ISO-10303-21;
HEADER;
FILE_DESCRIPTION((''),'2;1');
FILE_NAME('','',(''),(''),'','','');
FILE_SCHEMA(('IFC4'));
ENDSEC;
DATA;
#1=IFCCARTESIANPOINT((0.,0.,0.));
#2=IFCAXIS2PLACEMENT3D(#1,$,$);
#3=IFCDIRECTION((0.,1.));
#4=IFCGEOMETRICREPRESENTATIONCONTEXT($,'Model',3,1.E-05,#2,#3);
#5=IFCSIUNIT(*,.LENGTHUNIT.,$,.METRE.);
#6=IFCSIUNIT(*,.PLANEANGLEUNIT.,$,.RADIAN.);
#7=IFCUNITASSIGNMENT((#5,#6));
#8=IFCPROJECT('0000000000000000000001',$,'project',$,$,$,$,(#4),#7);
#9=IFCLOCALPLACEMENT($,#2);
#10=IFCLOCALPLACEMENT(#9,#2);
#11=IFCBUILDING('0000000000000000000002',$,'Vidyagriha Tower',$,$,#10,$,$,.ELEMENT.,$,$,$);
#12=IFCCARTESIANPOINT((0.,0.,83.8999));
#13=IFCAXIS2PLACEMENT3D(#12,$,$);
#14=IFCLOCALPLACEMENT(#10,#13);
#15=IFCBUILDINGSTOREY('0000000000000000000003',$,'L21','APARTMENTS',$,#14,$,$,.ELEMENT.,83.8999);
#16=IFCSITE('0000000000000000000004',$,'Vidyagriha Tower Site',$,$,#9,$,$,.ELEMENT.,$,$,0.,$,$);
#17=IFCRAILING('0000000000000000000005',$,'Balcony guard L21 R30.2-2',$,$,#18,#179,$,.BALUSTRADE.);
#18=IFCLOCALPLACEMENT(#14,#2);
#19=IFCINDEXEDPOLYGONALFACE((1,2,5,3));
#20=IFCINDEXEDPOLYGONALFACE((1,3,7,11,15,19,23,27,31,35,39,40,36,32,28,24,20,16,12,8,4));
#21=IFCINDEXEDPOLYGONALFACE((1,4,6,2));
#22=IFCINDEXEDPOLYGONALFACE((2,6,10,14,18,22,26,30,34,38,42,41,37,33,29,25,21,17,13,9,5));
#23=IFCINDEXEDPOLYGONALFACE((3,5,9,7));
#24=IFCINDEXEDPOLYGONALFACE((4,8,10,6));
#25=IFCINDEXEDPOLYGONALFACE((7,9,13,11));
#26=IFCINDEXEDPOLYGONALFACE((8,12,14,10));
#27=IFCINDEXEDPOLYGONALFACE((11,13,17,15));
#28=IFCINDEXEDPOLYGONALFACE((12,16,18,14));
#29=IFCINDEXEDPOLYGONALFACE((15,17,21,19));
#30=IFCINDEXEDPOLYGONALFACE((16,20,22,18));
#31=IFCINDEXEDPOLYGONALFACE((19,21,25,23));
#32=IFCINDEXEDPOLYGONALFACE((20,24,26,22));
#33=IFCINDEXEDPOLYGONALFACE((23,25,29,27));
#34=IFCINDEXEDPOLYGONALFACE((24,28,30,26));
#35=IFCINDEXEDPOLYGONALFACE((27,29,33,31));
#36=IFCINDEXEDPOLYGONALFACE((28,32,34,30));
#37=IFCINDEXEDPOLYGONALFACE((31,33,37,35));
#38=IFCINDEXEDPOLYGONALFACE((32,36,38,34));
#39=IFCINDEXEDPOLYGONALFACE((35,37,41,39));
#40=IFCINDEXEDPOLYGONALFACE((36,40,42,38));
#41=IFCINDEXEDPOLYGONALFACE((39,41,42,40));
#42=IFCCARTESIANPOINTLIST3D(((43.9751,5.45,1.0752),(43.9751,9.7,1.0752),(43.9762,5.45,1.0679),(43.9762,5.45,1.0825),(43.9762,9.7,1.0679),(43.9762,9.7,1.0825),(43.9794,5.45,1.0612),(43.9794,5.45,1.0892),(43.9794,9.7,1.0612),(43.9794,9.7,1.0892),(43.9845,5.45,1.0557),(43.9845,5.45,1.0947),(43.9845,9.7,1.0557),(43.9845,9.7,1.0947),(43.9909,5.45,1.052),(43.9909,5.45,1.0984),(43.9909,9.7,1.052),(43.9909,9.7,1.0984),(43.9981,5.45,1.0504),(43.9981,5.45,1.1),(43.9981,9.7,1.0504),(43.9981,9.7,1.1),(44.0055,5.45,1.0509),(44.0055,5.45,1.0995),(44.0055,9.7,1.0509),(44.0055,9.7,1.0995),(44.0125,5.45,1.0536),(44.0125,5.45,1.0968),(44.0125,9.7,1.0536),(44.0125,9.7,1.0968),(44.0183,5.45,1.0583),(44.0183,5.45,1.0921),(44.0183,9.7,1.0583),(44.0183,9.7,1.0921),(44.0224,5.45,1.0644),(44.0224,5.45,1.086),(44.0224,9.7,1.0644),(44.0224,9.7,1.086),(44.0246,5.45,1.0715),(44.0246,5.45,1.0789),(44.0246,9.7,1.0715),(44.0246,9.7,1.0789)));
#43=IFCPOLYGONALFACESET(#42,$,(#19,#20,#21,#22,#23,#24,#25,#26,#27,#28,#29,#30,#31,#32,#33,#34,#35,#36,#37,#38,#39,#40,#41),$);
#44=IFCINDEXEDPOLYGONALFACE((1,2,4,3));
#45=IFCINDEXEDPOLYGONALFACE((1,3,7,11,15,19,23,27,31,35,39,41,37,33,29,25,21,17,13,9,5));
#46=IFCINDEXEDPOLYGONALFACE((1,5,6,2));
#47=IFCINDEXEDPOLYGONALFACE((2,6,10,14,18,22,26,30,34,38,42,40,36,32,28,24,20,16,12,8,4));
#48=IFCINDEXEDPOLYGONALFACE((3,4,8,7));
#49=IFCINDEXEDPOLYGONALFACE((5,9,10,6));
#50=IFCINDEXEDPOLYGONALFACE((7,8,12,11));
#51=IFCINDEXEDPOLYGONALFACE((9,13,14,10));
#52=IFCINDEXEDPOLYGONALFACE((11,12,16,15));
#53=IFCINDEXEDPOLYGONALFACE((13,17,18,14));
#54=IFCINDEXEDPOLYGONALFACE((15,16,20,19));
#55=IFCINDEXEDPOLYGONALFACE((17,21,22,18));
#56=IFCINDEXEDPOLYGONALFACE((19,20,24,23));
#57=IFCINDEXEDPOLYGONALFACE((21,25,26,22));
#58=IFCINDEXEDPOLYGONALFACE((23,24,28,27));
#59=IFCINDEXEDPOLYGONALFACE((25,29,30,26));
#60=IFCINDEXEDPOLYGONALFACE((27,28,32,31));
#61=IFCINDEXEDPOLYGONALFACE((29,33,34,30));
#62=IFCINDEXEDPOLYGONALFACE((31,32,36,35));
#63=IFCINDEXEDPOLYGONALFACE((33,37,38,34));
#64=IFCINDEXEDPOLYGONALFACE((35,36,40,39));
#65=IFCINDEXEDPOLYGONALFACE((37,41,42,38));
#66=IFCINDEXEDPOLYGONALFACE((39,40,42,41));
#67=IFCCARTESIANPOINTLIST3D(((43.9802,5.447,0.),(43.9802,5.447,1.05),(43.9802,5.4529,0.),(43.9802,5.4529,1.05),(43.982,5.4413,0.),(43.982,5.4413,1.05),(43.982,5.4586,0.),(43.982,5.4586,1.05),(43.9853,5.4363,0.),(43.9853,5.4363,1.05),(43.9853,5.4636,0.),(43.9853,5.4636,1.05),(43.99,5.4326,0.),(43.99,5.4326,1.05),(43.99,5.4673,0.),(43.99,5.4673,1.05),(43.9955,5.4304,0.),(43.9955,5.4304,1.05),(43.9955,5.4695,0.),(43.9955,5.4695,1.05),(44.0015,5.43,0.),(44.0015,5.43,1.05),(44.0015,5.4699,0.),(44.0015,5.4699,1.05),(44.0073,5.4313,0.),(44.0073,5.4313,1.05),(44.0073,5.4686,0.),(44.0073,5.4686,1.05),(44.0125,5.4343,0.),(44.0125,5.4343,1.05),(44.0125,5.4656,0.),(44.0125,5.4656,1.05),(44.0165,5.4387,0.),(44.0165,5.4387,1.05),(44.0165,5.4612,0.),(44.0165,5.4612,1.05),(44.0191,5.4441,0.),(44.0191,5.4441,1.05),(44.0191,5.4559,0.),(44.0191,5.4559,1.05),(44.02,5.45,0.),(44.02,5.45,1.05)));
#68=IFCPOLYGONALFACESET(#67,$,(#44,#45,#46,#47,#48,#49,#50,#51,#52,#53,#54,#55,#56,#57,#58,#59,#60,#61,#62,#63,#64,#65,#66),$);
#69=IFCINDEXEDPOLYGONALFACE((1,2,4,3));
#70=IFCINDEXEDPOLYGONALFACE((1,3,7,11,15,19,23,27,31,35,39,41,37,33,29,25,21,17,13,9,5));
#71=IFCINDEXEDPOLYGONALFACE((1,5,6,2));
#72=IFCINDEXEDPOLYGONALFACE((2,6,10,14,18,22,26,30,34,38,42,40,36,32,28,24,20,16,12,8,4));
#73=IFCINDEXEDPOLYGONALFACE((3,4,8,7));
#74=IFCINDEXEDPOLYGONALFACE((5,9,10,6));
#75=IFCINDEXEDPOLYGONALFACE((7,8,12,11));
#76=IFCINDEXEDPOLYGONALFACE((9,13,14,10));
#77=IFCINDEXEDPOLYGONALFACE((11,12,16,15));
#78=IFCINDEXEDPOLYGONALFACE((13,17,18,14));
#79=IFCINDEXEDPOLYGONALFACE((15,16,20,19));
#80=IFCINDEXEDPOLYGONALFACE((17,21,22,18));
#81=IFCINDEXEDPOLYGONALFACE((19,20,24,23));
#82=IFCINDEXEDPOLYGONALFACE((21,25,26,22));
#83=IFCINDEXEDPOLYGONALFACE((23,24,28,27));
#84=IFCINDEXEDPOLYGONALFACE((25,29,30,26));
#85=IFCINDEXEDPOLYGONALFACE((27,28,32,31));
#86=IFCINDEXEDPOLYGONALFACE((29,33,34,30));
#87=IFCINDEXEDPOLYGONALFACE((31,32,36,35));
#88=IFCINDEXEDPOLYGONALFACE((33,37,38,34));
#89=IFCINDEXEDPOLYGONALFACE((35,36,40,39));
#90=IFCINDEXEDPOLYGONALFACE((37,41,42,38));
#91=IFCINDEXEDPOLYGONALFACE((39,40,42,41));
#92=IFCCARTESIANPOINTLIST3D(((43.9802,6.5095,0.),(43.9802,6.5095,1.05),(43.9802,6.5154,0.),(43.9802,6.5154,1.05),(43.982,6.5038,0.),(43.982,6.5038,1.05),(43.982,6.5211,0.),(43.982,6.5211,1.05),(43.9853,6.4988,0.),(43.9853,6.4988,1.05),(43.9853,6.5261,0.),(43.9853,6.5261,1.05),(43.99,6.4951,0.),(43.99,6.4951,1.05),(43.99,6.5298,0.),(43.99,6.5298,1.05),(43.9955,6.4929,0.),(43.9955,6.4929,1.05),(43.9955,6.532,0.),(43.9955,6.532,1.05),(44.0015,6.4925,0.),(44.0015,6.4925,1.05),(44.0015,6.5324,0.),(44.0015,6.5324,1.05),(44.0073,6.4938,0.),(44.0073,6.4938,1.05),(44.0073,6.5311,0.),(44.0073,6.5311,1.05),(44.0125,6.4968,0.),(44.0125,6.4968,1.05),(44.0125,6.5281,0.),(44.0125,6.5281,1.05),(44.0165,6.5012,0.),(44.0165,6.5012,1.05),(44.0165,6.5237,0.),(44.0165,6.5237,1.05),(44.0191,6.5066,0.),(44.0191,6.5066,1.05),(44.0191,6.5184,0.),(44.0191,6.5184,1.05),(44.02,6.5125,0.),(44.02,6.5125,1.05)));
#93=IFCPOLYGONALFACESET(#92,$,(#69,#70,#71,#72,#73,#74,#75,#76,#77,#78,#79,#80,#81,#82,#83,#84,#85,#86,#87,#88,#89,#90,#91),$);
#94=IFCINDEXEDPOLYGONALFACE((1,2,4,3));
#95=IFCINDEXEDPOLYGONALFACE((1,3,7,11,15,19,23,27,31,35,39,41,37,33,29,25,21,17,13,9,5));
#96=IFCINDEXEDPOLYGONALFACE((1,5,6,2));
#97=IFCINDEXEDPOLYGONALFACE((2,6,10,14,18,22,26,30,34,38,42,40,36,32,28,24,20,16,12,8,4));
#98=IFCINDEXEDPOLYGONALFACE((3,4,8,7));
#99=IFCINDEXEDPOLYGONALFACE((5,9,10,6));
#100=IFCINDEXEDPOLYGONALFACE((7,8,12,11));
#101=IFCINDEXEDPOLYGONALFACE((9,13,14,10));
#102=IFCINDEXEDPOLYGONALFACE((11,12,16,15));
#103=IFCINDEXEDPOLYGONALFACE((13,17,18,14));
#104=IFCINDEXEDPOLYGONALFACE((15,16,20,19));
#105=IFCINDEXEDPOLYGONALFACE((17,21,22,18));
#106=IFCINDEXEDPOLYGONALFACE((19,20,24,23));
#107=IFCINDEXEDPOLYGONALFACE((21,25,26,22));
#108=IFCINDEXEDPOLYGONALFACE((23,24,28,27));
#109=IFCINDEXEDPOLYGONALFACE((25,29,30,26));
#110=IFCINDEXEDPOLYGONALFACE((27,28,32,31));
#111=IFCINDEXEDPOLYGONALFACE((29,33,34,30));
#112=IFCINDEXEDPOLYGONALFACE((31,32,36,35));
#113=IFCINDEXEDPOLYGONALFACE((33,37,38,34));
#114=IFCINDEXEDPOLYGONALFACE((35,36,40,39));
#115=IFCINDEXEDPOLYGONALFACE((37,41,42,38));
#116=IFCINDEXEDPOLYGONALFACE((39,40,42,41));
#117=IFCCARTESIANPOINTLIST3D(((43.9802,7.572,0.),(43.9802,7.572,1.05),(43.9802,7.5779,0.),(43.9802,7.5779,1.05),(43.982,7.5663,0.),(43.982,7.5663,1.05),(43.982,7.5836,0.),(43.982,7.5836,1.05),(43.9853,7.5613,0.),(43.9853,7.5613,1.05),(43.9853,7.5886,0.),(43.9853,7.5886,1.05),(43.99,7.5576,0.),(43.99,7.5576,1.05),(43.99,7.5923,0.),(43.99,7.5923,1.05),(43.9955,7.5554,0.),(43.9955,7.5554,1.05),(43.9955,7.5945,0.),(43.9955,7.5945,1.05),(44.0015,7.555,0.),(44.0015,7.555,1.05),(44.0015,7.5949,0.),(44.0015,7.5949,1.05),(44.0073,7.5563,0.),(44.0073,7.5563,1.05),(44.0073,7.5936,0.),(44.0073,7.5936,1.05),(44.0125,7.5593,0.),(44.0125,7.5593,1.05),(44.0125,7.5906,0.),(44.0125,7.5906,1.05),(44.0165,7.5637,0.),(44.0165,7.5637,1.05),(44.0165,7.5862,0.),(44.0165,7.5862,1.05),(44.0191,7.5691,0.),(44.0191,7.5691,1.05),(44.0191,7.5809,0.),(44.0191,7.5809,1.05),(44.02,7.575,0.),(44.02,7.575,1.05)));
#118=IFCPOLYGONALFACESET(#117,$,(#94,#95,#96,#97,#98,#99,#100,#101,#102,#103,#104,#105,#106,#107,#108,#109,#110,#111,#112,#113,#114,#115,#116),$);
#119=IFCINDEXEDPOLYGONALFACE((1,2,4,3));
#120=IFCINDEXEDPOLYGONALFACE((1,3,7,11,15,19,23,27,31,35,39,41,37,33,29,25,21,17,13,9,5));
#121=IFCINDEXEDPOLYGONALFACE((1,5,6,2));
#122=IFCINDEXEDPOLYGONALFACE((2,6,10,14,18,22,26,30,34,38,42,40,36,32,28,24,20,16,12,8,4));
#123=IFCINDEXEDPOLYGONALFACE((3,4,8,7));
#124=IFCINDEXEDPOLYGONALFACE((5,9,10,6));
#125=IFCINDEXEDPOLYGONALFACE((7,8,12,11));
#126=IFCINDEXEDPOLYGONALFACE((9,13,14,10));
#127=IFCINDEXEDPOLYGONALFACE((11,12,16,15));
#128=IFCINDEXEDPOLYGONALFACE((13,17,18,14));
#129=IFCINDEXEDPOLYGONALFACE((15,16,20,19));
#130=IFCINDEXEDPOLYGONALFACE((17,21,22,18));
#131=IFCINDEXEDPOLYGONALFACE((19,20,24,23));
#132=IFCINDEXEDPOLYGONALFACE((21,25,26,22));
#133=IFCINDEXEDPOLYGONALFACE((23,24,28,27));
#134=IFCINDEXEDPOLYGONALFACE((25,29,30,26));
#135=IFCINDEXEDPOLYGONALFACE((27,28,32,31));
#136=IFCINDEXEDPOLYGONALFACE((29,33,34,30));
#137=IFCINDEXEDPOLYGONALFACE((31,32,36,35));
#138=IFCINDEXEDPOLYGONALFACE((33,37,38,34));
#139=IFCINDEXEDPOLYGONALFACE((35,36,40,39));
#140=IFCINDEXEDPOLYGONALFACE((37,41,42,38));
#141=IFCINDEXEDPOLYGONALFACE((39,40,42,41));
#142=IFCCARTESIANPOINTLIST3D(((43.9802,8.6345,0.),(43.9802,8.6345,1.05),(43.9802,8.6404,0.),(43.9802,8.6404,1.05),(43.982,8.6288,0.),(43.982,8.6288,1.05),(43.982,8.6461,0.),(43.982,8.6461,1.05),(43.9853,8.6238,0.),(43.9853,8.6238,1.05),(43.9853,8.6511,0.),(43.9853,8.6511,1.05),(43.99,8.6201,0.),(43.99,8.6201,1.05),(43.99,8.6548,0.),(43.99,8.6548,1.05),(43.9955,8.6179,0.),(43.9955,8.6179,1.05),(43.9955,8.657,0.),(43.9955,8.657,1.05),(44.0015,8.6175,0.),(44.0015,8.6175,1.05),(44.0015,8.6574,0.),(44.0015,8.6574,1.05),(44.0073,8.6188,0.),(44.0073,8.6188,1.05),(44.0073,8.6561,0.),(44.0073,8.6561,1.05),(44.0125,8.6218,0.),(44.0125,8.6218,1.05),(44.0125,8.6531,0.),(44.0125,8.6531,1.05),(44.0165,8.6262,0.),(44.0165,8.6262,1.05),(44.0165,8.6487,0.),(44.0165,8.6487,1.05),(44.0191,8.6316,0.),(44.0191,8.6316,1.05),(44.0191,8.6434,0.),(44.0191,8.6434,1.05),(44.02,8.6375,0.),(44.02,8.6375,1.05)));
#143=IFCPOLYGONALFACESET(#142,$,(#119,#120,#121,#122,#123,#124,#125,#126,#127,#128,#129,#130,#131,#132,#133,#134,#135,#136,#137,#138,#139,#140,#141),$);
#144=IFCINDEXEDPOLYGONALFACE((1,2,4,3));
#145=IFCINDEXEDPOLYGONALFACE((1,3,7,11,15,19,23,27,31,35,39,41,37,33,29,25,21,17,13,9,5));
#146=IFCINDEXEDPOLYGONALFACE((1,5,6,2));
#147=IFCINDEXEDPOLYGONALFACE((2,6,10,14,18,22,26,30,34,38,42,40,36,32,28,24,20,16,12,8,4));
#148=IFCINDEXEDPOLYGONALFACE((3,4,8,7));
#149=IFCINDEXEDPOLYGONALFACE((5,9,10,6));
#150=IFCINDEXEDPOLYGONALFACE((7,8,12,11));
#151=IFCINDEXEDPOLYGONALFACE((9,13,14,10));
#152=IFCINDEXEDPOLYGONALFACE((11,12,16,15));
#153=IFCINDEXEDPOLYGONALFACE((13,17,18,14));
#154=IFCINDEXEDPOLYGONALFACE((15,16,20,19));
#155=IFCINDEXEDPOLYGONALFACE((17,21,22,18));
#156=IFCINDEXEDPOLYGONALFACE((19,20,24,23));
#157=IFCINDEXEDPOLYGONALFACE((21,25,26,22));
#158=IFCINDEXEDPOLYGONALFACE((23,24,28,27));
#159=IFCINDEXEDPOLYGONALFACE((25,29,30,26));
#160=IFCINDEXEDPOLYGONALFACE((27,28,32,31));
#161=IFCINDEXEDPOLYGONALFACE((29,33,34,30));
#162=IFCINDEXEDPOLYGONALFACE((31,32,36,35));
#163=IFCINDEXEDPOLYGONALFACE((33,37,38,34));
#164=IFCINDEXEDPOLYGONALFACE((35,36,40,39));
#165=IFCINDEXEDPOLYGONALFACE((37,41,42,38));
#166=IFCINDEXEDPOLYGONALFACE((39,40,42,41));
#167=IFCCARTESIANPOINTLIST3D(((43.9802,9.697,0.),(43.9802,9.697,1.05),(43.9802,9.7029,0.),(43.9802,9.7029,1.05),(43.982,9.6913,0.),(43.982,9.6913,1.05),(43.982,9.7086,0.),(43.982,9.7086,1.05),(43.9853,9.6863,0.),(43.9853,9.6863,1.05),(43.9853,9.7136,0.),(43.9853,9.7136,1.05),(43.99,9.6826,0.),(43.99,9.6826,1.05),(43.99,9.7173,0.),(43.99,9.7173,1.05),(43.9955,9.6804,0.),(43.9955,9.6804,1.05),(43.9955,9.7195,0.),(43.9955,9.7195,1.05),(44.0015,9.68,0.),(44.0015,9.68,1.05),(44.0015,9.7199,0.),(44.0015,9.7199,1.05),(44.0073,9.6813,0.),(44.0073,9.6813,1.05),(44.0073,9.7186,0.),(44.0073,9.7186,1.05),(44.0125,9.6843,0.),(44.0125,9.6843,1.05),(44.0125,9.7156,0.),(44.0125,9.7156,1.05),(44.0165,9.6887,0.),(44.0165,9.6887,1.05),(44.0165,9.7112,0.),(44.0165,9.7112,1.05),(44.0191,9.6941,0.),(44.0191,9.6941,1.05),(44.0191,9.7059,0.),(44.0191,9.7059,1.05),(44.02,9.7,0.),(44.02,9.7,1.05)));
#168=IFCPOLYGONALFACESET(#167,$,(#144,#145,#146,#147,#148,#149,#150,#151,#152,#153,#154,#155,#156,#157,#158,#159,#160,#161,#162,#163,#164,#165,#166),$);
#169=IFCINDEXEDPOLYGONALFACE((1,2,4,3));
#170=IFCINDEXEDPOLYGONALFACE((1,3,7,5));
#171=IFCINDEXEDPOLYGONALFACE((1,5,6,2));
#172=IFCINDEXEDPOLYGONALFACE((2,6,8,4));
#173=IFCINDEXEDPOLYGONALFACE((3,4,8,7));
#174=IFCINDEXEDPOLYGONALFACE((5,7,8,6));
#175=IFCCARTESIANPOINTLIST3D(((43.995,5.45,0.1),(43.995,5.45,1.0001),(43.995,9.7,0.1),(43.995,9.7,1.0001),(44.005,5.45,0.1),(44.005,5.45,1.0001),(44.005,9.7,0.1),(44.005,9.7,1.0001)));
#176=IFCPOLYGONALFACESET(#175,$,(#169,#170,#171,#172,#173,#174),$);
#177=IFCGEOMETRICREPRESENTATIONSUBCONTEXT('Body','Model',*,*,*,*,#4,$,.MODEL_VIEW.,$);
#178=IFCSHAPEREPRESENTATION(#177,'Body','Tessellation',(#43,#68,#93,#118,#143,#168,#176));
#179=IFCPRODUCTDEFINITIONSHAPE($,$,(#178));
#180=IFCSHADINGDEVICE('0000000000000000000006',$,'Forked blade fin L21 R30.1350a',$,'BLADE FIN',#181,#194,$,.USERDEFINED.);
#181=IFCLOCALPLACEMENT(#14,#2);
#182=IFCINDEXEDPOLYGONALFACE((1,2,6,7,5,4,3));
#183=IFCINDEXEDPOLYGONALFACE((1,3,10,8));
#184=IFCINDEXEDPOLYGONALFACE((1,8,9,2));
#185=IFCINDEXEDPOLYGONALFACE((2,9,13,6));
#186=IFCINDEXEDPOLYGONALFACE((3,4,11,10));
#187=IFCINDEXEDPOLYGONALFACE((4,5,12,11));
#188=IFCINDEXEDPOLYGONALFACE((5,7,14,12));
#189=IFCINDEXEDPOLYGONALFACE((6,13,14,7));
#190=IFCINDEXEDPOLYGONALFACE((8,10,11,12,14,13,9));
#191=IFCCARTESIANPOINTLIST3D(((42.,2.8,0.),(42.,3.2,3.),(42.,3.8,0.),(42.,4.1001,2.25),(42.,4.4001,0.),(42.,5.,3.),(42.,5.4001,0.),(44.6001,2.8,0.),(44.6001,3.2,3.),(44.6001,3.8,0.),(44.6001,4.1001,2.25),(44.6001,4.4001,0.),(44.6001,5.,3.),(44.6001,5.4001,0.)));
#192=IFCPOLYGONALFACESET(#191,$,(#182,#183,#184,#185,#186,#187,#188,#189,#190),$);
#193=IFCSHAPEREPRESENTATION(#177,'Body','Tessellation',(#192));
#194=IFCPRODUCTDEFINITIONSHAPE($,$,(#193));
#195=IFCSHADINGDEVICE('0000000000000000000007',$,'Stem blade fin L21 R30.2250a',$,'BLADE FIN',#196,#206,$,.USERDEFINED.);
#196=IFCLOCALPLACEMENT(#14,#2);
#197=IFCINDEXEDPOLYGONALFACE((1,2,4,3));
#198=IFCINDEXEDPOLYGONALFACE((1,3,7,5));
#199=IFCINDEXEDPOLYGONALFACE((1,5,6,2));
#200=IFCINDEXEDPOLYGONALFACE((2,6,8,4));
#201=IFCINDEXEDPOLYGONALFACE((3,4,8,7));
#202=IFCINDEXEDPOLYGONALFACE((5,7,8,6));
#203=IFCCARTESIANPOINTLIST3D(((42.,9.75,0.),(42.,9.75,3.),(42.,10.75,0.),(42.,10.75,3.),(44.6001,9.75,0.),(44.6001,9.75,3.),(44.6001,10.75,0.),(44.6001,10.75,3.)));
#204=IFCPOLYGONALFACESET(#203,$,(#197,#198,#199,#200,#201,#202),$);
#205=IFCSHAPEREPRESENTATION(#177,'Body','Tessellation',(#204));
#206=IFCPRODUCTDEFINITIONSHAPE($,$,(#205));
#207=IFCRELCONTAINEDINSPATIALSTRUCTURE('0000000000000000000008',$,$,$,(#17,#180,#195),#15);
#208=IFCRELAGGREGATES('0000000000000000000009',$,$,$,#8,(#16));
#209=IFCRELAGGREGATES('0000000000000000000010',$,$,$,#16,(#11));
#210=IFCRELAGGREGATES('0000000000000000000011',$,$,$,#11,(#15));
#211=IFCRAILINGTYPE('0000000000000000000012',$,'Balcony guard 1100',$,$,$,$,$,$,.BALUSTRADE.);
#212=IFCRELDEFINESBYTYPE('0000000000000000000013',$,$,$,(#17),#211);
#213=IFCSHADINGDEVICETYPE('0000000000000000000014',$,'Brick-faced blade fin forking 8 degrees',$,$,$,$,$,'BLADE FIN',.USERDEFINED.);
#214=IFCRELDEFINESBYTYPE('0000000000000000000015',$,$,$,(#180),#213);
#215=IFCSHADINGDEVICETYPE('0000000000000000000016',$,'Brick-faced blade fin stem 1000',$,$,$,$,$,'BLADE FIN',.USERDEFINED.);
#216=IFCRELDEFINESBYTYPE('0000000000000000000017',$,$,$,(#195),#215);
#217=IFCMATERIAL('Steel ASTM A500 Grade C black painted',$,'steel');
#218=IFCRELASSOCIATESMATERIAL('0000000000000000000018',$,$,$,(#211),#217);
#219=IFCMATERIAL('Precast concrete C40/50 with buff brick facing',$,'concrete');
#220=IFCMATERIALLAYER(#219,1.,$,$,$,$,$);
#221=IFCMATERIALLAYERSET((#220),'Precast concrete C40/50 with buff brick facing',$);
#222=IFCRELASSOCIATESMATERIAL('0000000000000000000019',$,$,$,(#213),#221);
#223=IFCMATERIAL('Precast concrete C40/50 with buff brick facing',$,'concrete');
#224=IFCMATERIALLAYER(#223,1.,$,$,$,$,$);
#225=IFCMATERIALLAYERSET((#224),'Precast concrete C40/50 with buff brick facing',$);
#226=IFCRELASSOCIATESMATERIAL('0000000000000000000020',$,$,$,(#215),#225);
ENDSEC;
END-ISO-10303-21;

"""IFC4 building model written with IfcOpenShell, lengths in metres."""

from ifc_helpers import new_model, si_unit, direction, frame, origin, origin_2d, place, context, subcontext, project, spatial, polyline, rectangle, circle, outline, extrude, material, layer, layer_set, type_object, element, save


model = new_model("IFC4")

# Units and contexts
model_context = context("Model", 3, precision=1e-05, world=origin(), true_north=direction((0.0, 1.0)))
body_context = subcontext(model_context, "Body", "Model", "MODEL_VIEW")
ifc_project = project(units=[si_unit("LENGTHUNIT", "METRE"), si_unit("PLANEANGLEUNIT", "RADIAN")], contexts=[model_context])

# Site, building, storey
site_placement = place(None, origin())
site = spatial("IfcSite", under=ifc_project, at=site_placement, Name="Vidyagriha Tower Site", CompositionType="ELEMENT", RefElevation=0.0)
building_placement = place(site_placement, origin())
building = spatial("IfcBuilding", under=site, at=building_placement, Name="Vidyagriha Tower", CompositionType="ELEMENT")
storey_placement = place(building_placement, frame((0.0, 0.0, 83.8999)))
storey = spatial("IfcBuildingStorey", under=building, at=storey_placement, Name="L21", Description="APARTMENTS", CompositionType="ELEMENT", Elevation=83.8999)

# Railing
ifc_material_1 = material(Name="Steel ASTM A500 Grade C black painted", Category="steel")
railing_type_1 = type_object("IfcRailingType", Name="Balcony guard 1100", PredefinedType="BALUSTRADE", material=ifc_material_1)
railing_1_placement = place(storey_placement, frame((44.0, 5.45, 0.0)))
element("IfcRailing", 1, at=railing_1_placement, inside=storey, type_object=railing_type_1, Name="Balcony guard L21 R30.2-2", PredefinedType="BALUSTRADE", context=body_context, shape_type="SweptSolid", body=[
    extrude(circle(Radius=0.0249, at=origin_2d()), frame((0.0, 0.0, 1.0752), z_axis=(0.0, 1.0, 0.0), x_axis=(-1.0, 0.0, 0.0)), (0.0, 0.0, 1.0), 4.25),
    extrude(circle(Radius=0.02, at=origin_2d()), origin(), (0.0, 0.0, 1.0), 1.05),
    extrude(circle(Radius=0.02, at=origin_2d()), frame((0.0, 1.0625, 0.0)), (0.0, 0.0, 1.0), 1.05),
    extrude(circle(Radius=0.02, at=origin_2d()), frame((0.0, 2.125, 0.0)), (0.0, 0.0, 1.0), 1.05),
    extrude(circle(Radius=0.02, at=origin_2d()), frame((0.0, 3.1875, 0.0)), (0.0, 0.0, 1.0), 1.05),
    extrude(circle(Radius=0.02, at=origin_2d()), frame((0.0, 4.25, 0.0)), (0.0, 0.0, 1.0), 1.05),
    extrude(rectangle(XDim=0.01, YDim=0.9001, at=origin_2d()), frame((0.0, 0.0, 0.55), z_axis=(0.0, 1.0, 0.0), x_axis=(-1.0, 0.0, 0.0)), (0.0, 0.0, 1.0), 4.25),
])

# Shading devices
ifc_material_2 = material(Name="Precast concrete C40/50 with buff brick facing", Category="concrete")
ifc_layer_1 = layer(ifc_material_2, 1.0)
ifc_layer_set_1 = layer_set([ifc_layer_1], Name="Precast concrete C40/50 with buff brick facing")
shading_device_type_1 = type_object("IfcShadingDeviceType", Name="Brick-faced blade fin forking 8 degrees", ElementType="BLADE FIN", PredefinedType="USERDEFINED", material=ifc_layer_set_1)
shading_device_1_placement = place(storey_placement, frame((43.3, 2.8, 0.0), z_axis=(0.0, 0.0, 1.0), x_axis=(0.0, 1.0, 0.0)))
element("IfcShadingDevice", 2, at=shading_device_1_placement, inside=storey, type_object=shading_device_type_1, Name="Forked blade fin L21 R30.1350a", ObjectType="BLADE FIN", PredefinedType="USERDEFINED", context=body_context, shape_type="SweptSolid", body=[
    extrude(outline(polyline([(1.0, 0.0), (1.3, 2.25), (1.6001, 0.0), (2.6001, 0.0), (2.2, 3.0), (0.3999, 3.0), (0.0, 0.0), (1.0, 0.0)])), frame((0.0, 1.3, 0.0), z_axis=(0.0, -1.0, 0.0), x_axis=(1.0, 0.0, 0.0)), (0.0, 0.0, 1.0), 2.6001),
])
ifc_material_3 = material(Name="Precast concrete C40/50 with buff brick facing", Category="concrete")
ifc_layer_2 = layer(ifc_material_3, 1.0)
ifc_layer_set_2 = layer_set([ifc_layer_2], Name="Precast concrete C40/50 with buff brick facing")
shading_device_type_2 = type_object("IfcShadingDeviceType", Name="Brick-faced blade fin stem 1000", ElementType="BLADE FIN", PredefinedType="USERDEFINED", material=ifc_layer_set_2)
shading_device_2_placement = place(storey_placement, frame((43.3, 9.75, 0.0), z_axis=(0.0, 0.0, 1.0), x_axis=(0.0, 1.0, 0.0)))
element("IfcShadingDevice", 3, at=shading_device_2_placement, inside=storey, type_object=shading_device_type_2, Name="Stem blade fin L21 R30.2250a", ObjectType="BLADE FIN", PredefinedType="USERDEFINED", context=body_context, shape_type="SweptSolid", body=[
    extrude(outline(polyline([(0.0, 0.0), (1.0, 0.0), (1.0, 3.0), (0.0, 3.0), (0.0, 0.0)])), frame((0.0, 1.3, 0.0), z_axis=(0.0, -1.0, 0.0), x_axis=(1.0, 0.0, 0.0)), (0.0, 0.0, 1.0), 2.6001),
])

save(model, "model.ifc")
